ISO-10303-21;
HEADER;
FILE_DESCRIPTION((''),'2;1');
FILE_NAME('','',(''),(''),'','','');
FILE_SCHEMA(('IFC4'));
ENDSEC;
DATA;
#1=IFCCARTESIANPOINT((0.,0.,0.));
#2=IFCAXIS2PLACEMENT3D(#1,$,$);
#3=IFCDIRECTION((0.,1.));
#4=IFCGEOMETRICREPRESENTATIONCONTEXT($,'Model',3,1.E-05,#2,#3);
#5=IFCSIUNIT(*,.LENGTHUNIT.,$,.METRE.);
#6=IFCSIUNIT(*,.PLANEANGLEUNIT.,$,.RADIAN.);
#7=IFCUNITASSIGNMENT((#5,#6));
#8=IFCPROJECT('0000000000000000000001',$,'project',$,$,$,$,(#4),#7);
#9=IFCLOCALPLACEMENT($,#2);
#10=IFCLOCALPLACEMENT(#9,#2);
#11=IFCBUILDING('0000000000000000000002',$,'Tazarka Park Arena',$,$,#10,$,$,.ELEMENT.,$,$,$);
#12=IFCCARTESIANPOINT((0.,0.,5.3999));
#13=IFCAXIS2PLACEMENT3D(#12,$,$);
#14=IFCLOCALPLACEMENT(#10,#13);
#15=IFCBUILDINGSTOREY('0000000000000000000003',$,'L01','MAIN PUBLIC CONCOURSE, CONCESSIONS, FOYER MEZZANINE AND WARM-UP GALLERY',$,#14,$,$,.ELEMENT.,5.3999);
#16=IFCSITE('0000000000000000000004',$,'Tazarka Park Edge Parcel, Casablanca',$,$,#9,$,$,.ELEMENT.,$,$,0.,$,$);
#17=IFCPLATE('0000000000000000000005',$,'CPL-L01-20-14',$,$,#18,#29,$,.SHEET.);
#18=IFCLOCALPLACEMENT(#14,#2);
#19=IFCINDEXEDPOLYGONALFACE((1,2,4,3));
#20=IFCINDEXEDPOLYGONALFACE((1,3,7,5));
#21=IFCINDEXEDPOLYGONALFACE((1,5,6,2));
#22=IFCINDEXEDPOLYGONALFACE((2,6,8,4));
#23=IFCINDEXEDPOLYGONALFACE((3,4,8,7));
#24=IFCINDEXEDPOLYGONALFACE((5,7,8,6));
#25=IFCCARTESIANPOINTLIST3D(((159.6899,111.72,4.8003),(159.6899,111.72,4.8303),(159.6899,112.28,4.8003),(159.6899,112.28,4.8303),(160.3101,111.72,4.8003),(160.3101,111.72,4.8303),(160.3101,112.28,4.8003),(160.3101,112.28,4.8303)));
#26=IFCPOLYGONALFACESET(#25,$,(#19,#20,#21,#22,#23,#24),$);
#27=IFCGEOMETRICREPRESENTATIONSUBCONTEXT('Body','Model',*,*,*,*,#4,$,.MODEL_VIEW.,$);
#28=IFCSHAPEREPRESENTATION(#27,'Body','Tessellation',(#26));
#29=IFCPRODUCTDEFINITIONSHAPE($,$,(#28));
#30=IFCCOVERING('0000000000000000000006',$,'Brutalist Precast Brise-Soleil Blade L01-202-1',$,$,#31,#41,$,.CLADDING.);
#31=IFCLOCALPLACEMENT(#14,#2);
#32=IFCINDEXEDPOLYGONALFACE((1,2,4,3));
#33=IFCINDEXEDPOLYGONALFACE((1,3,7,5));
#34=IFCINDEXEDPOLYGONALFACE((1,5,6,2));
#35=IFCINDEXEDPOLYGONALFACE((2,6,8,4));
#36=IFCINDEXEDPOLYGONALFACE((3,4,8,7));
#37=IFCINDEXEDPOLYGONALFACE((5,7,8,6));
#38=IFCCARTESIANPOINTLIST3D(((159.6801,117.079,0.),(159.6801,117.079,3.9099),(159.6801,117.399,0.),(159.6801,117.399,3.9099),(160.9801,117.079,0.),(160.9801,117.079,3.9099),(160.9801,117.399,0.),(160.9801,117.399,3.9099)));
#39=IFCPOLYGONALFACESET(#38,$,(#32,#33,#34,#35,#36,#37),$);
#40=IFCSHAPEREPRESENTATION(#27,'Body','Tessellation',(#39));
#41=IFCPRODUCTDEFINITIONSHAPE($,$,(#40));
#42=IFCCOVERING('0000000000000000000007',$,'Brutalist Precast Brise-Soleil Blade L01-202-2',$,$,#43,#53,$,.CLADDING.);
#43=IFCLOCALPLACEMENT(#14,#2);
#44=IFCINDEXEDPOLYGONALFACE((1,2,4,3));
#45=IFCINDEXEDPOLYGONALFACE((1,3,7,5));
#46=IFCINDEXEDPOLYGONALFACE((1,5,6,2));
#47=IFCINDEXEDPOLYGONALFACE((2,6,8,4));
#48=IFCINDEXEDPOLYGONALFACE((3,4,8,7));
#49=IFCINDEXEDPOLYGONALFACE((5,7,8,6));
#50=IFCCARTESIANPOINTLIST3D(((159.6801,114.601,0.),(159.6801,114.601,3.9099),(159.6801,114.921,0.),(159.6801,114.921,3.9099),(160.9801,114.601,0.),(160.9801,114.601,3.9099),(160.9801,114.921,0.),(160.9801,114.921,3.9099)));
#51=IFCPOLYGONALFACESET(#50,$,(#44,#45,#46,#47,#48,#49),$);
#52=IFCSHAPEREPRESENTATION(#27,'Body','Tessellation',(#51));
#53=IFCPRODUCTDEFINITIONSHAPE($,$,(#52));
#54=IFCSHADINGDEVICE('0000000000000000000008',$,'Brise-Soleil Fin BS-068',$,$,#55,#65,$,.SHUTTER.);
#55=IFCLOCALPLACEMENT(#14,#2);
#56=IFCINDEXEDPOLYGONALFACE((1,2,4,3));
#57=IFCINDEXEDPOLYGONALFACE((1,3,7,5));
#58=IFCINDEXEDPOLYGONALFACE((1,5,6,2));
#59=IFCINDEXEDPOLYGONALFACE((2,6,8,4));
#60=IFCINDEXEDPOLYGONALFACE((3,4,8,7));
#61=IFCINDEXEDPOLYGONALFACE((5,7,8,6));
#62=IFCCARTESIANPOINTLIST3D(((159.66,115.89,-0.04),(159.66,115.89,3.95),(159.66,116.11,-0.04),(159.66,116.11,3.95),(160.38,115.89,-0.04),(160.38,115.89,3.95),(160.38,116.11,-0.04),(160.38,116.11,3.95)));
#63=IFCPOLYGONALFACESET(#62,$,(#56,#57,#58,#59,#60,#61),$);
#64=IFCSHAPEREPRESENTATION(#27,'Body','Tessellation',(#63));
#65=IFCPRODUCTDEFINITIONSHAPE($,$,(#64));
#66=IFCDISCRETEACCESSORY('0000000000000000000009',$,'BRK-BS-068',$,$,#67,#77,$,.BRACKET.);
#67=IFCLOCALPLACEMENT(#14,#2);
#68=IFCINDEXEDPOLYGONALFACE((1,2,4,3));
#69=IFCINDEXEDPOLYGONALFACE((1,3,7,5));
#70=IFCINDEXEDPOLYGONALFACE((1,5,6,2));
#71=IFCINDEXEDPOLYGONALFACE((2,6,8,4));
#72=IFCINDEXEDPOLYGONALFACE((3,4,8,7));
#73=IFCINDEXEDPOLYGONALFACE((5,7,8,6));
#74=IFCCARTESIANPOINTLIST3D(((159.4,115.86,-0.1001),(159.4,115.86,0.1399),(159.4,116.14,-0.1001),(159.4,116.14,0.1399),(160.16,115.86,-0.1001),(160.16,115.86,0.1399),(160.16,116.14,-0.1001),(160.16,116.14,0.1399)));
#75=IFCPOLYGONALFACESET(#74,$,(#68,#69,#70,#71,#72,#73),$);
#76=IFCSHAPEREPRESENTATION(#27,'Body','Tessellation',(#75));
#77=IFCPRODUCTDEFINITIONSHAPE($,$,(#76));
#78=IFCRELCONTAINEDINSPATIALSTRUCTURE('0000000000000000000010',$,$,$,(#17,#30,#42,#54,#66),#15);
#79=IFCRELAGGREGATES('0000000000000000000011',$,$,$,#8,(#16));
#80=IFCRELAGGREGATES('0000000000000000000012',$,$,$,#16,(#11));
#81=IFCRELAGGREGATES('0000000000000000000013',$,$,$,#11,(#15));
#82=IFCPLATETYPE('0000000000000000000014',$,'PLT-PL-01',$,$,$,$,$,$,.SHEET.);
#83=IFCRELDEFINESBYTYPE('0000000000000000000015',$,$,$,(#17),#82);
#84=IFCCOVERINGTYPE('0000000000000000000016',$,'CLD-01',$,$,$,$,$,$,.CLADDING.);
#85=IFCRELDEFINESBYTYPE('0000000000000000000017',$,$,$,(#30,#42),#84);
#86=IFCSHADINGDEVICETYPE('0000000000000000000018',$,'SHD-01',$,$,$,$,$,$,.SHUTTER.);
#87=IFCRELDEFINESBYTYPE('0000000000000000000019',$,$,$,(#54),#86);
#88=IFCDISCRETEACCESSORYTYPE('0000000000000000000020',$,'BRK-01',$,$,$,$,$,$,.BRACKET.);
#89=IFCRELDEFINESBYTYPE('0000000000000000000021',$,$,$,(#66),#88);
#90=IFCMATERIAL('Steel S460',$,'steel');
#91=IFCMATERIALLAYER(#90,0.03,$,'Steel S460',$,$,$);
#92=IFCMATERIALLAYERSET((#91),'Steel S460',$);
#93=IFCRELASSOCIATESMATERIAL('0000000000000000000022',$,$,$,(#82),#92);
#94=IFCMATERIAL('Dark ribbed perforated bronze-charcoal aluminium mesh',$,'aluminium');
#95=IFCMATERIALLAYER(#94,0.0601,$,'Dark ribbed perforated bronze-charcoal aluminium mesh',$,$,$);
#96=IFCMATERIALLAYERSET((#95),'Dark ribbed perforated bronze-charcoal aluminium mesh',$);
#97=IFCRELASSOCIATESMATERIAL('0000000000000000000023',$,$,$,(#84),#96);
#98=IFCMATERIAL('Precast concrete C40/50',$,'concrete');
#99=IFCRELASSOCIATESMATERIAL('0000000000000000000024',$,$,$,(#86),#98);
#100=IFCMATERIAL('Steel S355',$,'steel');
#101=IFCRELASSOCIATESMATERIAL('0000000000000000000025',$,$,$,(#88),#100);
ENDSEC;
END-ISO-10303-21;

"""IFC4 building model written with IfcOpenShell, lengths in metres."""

from ifc_helpers import new_model, si_unit, direction, frame, origin, origin_2d, place, context, subcontext, project, spatial, rectangle, extrude, material, layer, layer_set, type_object, element, save


model = new_model("IFC4")

# Units and contexts
model_context = context("Model", 3, precision=1e-05, world=origin(), true_north=direction((0.0, 1.0)))
body_context = subcontext(model_context, "Body", "Model", "MODEL_VIEW")
ifc_project = project(units=[si_unit("LENGTHUNIT", "METRE"), si_unit("PLANEANGLEUNIT", "RADIAN")], contexts=[model_context])

# Site, building, storey
site_placement = place(None, origin())
site = spatial("IfcSite", under=ifc_project, at=site_placement, Name="Tazarka Park Edge Parcel, Casablanca", CompositionType="ELEMENT", RefElevation=0.0)
building_placement = place(site_placement, origin())
building = spatial("IfcBuilding", under=site, at=building_placement, Name="Tazarka Park Arena", CompositionType="ELEMENT")
storey_placement = place(building_placement, frame((0.0, 0.0, 5.3999)))
storey = spatial("IfcBuildingStorey", under=building, at=storey_placement, Name="L01", Description="MAIN PUBLIC CONCOURSE, CONCESSIONS, FOYER MEZZANINE AND WARM-UP GALLERY", CompositionType="ELEMENT", Elevation=5.3999)

# Plate
ifc_material_1 = material(Name="Steel S460", Category="steel")
ifc_layer_1 = layer(ifc_material_1, 0.03, Name="Steel S460")
ifc_layer_set_1 = layer_set([ifc_layer_1], Name="Steel S460")
plate_type_1 = type_object("IfcPlateType", Name="PLT-PL-01", PredefinedType="SHEET", material=ifc_layer_set_1)
plate_1_placement = place(storey_placement, frame((160.0, 112.0, 4.8003), z_axis=(0.0, 0.0, 1.0), x_axis=(1.0, 0.0, 0.0)))
element("IfcPlate", 1, at=plate_1_placement, inside=storey, type_object=plate_type_1, Name="CPL-L01-20-14", PredefinedType="SHEET", context=body_context, shape_type="SweptSolid", body=[
    extrude(rectangle(XDim=0.6201, YDim=0.5601, at=origin_2d()), origin(), (0.0, 0.0, 1.0), 0.03),
])

# Coverings
ifc_material_2 = material(Name="Dark ribbed perforated bronze-charcoal aluminium mesh", Category="aluminium")
ifc_layer_2 = layer(ifc_material_2, 0.0601, Name="Dark ribbed perforated bronze-charcoal aluminium mesh")
ifc_layer_set_2 = layer_set([ifc_layer_2], Name="Dark ribbed perforated bronze-charcoal aluminium mesh")
covering_type = type_object("IfcCoveringType", Name="CLD-01", PredefinedType="CLADDING", material=ifc_layer_set_2)
for number, where, z_axis, x_axis, name in (
    (2, (160.3301, 117.239, 0.0), (0.0, 0.0, 1.0), (0.0, -1.0, 0.0), "Brutalist Precast Brise-Soleil Blade L01-202-1"),
    (3, (160.3301, 114.761, 0.0), (0.0, 0.0, 1.0), (0.0, -1.0, 0.0), "Brutalist Precast Brise-Soleil Blade L01-202-2"),
):
    element("IfcCovering", number, at=place(storey_placement, frame(where, z_axis=z_axis, x_axis=x_axis)), inside=storey, type_object=covering_type, Name=name, PredefinedType="CLADDING", context=body_context, shape_type="SweptSolid", body=[
        extrude(rectangle(XDim=0.3201, YDim=1.3, at=origin_2d()), origin(), (0.0, 0.0, 1.0), 3.9099),
    ])

# Shading device
ifc_material_3 = material(Name="Precast concrete C40/50", Category="concrete")
shading_device_type = type_object("IfcShadingDeviceType", Name="SHD-01", PredefinedType="SHUTTER", material=ifc_material_3)
shading_device_placement = place(storey_placement, frame((160.02, 116.0, -0.04), z_axis=(0.0, 0.0, 1.0), x_axis=(0.0, -1.0, 0.0)))
element("IfcShadingDevice", 4, at=shading_device_placement, inside=storey, type_object=shading_device_type, Name="Brise-Soleil Fin BS-068", PredefinedType="SHUTTER", context=body_context, shape_type="SweptSolid", body=[
    extrude(rectangle(XDim=0.22, YDim=0.72, at=origin_2d()), origin(), (0.0, 0.0, 1.0), 3.99),
])

# Discrete accessory
ifc_material_4 = material(Name="Steel S355", Category="steel")
discrete_accessory_type = type_object("IfcDiscreteAccessoryType", Name="BRK-01", PredefinedType="BRACKET", material=ifc_material_4)
discrete_accessory_placement = place(storey_placement, frame((159.78, 116.0, -0.1001), z_axis=(0.0, 0.0, 1.0), x_axis=(0.0, -1.0, 0.0)))
element("IfcDiscreteAccessory", 5, at=discrete_accessory_placement, inside=storey, type_object=discrete_accessory_type, Name="BRK-BS-068", PredefinedType="BRACKET", context=body_context, shape_type="SweptSolid", body=[
    extrude(rectangle(XDim=0.28, YDim=0.76, at=origin_2d()), origin(), (0.0, 0.0, 1.0), 0.24),
])

save(model, "model.ifc")
